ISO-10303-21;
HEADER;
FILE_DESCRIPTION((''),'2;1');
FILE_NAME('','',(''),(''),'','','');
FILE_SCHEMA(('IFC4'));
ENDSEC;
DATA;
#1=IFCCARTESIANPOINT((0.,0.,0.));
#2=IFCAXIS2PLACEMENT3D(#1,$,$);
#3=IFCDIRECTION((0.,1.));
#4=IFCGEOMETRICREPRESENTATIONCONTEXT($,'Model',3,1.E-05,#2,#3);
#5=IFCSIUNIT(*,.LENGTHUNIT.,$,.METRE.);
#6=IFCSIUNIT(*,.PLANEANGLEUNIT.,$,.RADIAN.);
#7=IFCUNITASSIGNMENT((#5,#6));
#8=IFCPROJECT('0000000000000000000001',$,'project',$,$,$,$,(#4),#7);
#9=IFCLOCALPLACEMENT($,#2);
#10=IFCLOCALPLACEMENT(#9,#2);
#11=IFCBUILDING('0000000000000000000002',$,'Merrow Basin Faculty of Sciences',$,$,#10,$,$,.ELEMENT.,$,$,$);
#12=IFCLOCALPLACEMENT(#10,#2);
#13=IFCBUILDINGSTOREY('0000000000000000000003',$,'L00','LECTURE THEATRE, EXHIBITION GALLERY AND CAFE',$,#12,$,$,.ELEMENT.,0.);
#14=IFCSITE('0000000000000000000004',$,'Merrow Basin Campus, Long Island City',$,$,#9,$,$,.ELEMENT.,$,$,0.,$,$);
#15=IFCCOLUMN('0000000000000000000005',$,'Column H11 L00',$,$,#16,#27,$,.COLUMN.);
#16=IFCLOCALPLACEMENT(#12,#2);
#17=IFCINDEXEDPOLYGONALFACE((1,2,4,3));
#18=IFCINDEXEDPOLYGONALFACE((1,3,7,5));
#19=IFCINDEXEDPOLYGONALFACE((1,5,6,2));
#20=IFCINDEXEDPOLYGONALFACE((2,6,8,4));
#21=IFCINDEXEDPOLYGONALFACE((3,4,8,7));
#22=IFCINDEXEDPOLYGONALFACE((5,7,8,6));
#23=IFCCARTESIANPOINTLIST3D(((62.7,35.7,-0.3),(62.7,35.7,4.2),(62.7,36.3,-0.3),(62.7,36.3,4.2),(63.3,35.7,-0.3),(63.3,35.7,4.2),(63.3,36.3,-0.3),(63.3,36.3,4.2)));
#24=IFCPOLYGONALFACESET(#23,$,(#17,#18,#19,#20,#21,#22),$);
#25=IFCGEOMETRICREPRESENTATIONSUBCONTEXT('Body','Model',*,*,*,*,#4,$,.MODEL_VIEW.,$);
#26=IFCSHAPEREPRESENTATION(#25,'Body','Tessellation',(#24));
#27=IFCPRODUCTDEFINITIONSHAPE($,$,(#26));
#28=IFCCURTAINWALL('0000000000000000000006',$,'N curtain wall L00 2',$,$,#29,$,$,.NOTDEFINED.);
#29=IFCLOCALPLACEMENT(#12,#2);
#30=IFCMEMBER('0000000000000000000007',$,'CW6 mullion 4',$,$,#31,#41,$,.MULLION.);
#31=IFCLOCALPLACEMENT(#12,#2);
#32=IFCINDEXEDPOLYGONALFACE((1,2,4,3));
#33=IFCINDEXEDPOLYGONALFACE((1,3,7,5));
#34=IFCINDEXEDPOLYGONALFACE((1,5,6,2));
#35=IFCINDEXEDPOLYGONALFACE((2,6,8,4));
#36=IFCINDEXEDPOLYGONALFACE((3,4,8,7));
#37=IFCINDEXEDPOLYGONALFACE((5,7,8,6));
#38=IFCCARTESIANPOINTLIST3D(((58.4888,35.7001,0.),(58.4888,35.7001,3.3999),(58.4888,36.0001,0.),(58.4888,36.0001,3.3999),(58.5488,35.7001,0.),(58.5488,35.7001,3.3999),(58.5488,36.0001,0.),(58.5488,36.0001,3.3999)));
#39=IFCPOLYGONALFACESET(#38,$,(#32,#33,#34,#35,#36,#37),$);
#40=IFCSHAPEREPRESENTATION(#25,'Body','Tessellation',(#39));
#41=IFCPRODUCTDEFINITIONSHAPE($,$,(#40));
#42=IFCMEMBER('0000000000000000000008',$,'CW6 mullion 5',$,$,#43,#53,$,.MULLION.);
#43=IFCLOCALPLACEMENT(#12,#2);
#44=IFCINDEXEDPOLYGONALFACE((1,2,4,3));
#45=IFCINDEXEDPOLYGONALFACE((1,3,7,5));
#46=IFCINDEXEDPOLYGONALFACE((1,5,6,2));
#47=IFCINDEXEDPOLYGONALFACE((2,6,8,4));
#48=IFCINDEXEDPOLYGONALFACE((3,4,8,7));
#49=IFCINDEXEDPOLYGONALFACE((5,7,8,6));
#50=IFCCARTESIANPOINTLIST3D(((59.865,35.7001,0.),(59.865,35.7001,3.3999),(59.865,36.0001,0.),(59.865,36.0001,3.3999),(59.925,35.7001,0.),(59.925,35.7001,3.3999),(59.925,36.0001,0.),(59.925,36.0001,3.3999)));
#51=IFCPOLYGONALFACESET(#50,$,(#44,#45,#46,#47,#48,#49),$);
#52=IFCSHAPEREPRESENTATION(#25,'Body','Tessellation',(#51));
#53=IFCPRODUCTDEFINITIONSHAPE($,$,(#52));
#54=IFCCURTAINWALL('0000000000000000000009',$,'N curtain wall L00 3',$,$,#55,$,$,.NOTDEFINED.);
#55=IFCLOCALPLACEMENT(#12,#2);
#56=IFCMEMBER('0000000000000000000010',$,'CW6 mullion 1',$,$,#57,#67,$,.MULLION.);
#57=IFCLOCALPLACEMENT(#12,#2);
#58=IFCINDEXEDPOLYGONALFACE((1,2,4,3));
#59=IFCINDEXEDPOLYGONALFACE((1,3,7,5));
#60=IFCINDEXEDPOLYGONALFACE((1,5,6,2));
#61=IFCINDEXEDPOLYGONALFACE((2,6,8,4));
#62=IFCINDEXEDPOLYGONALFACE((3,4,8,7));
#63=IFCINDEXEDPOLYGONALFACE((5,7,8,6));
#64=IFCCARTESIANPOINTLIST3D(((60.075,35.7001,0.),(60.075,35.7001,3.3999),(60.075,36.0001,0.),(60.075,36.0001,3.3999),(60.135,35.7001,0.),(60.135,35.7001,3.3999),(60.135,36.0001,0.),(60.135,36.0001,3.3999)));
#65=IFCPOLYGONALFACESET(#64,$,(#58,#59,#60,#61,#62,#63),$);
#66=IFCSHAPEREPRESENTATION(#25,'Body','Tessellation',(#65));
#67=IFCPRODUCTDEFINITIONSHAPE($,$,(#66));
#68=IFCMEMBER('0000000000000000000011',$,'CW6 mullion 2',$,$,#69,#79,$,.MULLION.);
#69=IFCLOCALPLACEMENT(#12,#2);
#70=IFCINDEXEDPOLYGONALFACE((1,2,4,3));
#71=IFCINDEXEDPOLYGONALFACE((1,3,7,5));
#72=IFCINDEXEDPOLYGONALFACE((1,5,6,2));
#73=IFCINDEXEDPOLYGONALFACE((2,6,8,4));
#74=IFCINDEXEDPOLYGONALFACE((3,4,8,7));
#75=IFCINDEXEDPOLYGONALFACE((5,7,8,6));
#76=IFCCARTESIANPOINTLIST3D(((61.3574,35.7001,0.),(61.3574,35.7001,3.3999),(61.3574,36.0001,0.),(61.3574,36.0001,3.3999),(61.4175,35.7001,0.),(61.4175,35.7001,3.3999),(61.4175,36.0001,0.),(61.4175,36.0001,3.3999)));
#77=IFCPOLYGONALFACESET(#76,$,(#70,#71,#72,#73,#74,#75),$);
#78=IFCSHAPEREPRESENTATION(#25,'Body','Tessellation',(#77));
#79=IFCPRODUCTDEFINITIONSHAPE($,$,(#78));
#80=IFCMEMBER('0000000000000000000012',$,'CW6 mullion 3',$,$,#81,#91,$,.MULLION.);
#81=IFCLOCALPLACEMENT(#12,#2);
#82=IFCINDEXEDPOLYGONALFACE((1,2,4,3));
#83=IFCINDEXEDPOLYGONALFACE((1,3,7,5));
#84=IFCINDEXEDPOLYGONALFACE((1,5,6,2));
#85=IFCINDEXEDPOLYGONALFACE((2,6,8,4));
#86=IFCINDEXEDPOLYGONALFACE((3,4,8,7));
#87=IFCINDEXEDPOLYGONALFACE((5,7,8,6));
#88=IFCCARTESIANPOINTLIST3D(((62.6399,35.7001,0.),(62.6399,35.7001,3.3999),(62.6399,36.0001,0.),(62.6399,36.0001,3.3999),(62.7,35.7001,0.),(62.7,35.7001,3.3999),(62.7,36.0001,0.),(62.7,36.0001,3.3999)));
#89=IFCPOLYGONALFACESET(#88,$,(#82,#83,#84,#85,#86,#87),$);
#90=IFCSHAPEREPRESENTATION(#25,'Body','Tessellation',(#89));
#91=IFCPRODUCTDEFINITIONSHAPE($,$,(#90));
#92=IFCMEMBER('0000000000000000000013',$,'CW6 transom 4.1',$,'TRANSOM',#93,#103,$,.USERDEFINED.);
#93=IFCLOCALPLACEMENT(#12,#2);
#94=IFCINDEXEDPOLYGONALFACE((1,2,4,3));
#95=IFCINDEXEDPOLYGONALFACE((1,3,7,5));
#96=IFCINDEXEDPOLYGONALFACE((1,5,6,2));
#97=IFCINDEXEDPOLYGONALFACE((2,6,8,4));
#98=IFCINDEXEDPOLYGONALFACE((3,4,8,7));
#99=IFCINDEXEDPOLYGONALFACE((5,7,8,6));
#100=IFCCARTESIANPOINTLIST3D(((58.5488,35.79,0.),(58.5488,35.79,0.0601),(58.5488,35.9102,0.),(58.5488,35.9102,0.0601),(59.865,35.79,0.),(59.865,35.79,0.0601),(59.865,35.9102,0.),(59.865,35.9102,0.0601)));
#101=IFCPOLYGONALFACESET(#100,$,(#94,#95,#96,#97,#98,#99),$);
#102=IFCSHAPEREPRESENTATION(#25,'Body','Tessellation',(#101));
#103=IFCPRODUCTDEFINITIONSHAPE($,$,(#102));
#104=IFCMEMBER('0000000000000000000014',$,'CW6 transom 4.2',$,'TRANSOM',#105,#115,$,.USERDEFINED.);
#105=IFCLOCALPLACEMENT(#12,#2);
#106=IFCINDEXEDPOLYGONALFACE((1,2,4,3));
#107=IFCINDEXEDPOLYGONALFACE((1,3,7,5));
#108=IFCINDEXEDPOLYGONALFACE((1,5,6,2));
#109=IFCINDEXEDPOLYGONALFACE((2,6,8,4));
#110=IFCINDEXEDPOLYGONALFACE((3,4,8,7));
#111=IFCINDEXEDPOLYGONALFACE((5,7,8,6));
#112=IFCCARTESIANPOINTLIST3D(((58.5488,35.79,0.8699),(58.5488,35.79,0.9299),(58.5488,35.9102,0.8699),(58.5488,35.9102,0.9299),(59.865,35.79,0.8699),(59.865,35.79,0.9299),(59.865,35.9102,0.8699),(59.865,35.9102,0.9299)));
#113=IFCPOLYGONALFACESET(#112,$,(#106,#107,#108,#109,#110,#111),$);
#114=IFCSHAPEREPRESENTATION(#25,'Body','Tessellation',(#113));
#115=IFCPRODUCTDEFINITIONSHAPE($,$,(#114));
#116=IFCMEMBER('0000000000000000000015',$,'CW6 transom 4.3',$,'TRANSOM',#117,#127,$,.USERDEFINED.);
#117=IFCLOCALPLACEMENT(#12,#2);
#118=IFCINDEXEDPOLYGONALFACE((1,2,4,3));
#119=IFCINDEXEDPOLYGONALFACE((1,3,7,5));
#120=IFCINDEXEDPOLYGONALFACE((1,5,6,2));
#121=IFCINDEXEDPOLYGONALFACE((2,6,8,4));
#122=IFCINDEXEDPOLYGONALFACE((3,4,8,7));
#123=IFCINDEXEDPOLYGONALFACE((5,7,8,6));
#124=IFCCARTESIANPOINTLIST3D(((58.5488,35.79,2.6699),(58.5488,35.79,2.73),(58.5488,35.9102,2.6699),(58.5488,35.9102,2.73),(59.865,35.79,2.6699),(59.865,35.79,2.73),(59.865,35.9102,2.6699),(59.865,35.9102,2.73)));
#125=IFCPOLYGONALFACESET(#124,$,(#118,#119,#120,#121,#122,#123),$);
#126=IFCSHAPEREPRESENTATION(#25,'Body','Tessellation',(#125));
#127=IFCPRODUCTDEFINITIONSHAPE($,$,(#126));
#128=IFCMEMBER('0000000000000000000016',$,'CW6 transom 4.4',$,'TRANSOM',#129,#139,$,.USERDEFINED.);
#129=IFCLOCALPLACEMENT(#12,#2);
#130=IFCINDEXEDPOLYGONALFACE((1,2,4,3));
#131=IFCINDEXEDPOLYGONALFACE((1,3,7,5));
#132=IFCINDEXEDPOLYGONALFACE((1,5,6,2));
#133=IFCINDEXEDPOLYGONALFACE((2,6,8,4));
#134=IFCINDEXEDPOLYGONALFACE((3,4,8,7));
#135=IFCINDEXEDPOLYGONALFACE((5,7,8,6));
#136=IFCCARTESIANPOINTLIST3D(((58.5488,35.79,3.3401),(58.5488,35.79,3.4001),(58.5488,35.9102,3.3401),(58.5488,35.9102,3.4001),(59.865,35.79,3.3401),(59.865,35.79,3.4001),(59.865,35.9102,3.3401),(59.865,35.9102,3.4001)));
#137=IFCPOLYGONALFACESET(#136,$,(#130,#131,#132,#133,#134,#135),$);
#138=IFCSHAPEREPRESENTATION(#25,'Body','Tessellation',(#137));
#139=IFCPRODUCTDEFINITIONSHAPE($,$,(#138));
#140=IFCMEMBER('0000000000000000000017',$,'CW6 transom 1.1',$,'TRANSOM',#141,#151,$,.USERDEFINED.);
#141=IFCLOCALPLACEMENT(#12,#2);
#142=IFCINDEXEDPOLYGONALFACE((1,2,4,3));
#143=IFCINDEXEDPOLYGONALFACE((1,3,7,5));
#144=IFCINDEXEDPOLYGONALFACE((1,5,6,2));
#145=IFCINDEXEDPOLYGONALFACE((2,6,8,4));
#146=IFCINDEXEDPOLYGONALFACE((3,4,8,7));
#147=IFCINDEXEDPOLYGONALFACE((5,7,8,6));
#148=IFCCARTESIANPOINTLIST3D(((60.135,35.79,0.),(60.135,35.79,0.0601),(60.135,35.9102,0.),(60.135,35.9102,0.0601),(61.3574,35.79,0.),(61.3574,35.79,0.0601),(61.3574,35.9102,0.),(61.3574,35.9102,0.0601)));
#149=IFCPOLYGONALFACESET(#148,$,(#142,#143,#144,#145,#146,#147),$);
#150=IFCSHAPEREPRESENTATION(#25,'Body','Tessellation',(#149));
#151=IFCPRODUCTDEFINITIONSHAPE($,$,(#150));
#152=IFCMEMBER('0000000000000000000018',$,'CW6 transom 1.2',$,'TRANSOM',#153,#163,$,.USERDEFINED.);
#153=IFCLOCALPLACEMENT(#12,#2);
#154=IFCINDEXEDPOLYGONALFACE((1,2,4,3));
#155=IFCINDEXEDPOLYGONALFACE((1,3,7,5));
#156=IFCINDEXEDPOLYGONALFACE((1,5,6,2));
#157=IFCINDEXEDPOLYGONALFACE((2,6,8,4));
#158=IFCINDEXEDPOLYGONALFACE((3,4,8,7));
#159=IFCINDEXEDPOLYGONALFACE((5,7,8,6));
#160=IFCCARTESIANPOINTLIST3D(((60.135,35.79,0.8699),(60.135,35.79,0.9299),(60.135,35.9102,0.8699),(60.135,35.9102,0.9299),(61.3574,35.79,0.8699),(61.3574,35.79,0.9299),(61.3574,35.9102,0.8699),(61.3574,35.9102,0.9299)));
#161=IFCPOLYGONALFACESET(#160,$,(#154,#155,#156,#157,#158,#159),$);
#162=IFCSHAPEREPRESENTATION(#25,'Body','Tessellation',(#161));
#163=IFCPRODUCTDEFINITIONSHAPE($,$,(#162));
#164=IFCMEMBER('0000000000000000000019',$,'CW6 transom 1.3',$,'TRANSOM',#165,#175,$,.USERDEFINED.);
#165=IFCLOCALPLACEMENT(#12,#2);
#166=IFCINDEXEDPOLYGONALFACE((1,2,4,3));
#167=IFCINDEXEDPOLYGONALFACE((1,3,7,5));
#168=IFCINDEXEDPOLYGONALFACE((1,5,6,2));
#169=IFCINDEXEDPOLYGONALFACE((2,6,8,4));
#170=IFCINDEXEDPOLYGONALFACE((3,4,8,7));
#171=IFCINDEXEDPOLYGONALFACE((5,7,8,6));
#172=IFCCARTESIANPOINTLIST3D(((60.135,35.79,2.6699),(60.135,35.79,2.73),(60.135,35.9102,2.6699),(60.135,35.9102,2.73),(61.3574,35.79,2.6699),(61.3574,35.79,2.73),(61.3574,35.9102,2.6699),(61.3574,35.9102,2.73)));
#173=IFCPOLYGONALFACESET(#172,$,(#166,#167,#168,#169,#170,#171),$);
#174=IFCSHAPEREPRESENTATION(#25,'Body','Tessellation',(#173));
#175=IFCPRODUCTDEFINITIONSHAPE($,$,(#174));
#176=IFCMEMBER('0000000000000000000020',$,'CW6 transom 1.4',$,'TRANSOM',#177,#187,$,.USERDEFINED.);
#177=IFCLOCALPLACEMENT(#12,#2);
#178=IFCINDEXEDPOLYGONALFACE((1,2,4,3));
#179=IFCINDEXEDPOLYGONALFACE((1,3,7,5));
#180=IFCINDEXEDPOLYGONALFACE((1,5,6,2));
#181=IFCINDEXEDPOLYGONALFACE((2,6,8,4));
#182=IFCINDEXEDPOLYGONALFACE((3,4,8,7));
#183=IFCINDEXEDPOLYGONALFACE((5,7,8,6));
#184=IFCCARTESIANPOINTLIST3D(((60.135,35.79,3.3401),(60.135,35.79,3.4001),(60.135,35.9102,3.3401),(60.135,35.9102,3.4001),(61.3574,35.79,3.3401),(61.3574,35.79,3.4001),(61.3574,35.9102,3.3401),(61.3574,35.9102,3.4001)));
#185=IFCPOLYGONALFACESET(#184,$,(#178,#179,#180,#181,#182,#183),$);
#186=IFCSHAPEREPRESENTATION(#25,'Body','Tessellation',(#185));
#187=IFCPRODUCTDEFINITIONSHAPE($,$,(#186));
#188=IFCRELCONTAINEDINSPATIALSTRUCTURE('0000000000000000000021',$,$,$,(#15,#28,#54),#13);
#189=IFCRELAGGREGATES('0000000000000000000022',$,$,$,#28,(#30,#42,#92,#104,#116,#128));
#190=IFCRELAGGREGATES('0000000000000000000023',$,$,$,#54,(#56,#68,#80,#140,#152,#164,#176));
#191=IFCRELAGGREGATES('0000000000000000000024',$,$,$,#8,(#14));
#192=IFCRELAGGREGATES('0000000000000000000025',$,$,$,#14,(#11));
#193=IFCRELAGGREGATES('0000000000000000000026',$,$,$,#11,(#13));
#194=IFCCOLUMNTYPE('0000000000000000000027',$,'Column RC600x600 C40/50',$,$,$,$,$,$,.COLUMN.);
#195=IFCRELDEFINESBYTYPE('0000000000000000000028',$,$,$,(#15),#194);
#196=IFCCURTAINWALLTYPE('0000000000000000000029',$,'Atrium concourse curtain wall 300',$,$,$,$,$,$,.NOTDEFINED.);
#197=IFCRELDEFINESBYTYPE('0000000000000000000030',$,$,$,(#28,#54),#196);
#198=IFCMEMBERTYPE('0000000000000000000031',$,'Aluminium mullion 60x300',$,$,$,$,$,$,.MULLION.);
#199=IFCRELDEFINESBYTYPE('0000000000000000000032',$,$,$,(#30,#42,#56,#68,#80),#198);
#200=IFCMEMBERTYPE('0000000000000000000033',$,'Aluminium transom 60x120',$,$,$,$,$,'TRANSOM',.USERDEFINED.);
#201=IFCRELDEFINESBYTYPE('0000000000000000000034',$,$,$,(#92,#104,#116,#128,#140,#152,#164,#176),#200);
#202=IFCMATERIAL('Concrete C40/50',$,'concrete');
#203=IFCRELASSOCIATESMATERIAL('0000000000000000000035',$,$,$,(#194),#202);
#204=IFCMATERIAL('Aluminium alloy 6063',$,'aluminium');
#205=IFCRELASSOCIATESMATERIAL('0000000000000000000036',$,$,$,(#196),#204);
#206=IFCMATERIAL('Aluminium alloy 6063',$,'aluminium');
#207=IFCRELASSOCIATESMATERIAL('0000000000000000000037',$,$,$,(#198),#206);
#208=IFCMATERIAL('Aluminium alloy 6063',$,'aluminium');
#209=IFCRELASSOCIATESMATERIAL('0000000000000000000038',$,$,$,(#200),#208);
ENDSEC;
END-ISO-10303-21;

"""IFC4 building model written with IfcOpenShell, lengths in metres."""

from ifc_helpers import new_model, si_unit, direction, frame, origin, origin_2d, place, context, subcontext, project, spatial, rectangle, extrude, material, material_profile, profile_set, type_object, element, aggregate, save


model = new_model("IFC4")

# Units and contexts
model_context = context("Model", 3, precision=1e-05, world=origin(), true_north=direction((0.0, 1.0)))
body_context = subcontext(model_context, "Body", "Model", "MODEL_VIEW")
ifc_project = project(units=[si_unit("LENGTHUNIT", "METRE"), si_unit("PLANEANGLEUNIT", "RADIAN")], contexts=[model_context])

# Site, building, storey
site_placement = place(None, origin())
site = spatial("IfcSite", under=ifc_project, at=site_placement, Name="Merrow Basin Campus, Long Island City", CompositionType="ELEMENT", RefElevation=0.0)
building_placement = place(site_placement, origin())
building = spatial("IfcBuilding", under=site, at=building_placement, Name="Merrow Basin Faculty of Sciences", CompositionType="ELEMENT")
storey_placement = place(building_placement, origin())
storey = spatial("IfcBuildingStorey", under=building, at=storey_placement, Name="L00", Description="LECTURE THEATRE, EXHIBITION GALLERY AND CAFE", CompositionType="ELEMENT", Elevation=0.0)

# Column
ifc_material_1 = material(Name="Concrete C40/50", Category="concrete")
ifc_material_profile_1 = material_profile(ifc_material_1, rectangle(XDim=0.6001, YDim=0.6001, at=origin_2d()))
ifc_profile_set_1 = profile_set([ifc_material_profile_1], Name="Concrete C40/50")
column_type = type_object("IfcColumnType", Name="Column RC600x600 C40/50", PredefinedType="COLUMN", material=ifc_profile_set_1)
column_placement = place(storey_placement, frame((63.0, 36.0, -0.3), z_axis=(0.0, 0.0, 1.0), x_axis=(1.0, 0.0, 0.0)))
element("IfcColumn", 1, at=column_placement, inside=storey, type_object=column_type, Name="Column H11 L00", PredefinedType="COLUMN", context=body_context, shape_type="SweptSolid", body=[
    extrude(rectangle(XDim=0.6001, YDim=0.6001, at=origin_2d()), origin(), (0.0, 0.0, 1.0), 4.5),
])

# Curtain walls, members
ifc_material_2 = material(Name="Aluminium alloy 6063", Category="aluminium")
curtain_wall_type = type_object("IfcCurtainWallType", Name="Atrium concourse curtain wall 300", PredefinedType="NOTDEFINED", material=ifc_material_2)
curtain_wall_1_placement = place(storey_placement, origin())
curtain_wall_1 = element("IfcCurtainWall", 2, at=curtain_wall_1_placement, inside=storey, type_object=curtain_wall_type, Name="N curtain wall L00 2", PredefinedType="NOTDEFINED")
ifc_material_3 = material(Name="Aluminium alloy 6063", Category="aluminium")
ifc_material_profile_2 = material_profile(ifc_material_3, rectangle(XDim=0.3, YDim=0.0601, at=origin_2d()))
ifc_profile_set_2 = profile_set([ifc_material_profile_2], Name="Aluminium alloy 6063")
member_type_1 = type_object("IfcMemberType", Name="Aluminium mullion 60x300", PredefinedType="MULLION", material=ifc_profile_set_2)
member_1_placement = place(storey_placement, frame((58.5188, 35.8501, 0.0), z_axis=(0.0, 0.0, 1.0), x_axis=(0.0, 1.0, 0.0)))
member_1 = element("IfcMember", 3, at=member_1_placement, type_object=member_type_1, Name="CW6 mullion 4", PredefinedType="MULLION", context=body_context, shape_type="SweptSolid", body=[
    extrude(rectangle(XDim=0.3, YDim=0.0601, at=origin_2d()), origin(), (0.0, 0.0, 1.0), 3.3999),
])
member_2_placement = place(storey_placement, frame((59.895, 35.8501, 0.0), z_axis=(0.0, 0.0, 1.0), x_axis=(0.0, 1.0, 0.0)))
member_2 = element("IfcMember", 4, at=member_2_placement, type_object=member_type_1, Name="CW6 mullion 5", PredefinedType="MULLION", context=body_context, shape_type="SweptSolid", body=[
    extrude(rectangle(XDim=0.3, YDim=0.0601, at=origin_2d()), origin(), (0.0, 0.0, 1.0), 3.3999),
])
curtain_wall_2_placement = place(storey_placement, origin())
curtain_wall_2 = element("IfcCurtainWall", 5, at=curtain_wall_2_placement, inside=storey, type_object=curtain_wall_type, Name="N curtain wall L00 3", PredefinedType="NOTDEFINED")
member_3_placement = place(storey_placement, frame((60.105, 35.8501, 0.0), z_axis=(0.0, 0.0, 1.0), x_axis=(0.0, 1.0, 0.0)))
member_3 = element("IfcMember", 6, at=member_3_placement, type_object=member_type_1, Name="CW6 mullion 1", PredefinedType="MULLION", context=body_context, shape_type="SweptSolid", body=[
    extrude(rectangle(XDim=0.3, YDim=0.0601, at=origin_2d()), origin(), (0.0, 0.0, 1.0), 3.3999),
])
member_4_placement = place(storey_placement, frame((61.3875, 35.8501, 0.0), z_axis=(0.0, 0.0, 1.0), x_axis=(0.0, 1.0, 0.0)))
member_4 = element("IfcMember", 7, at=member_4_placement, type_object=member_type_1, Name="CW6 mullion 2", PredefinedType="MULLION", context=body_context, shape_type="SweptSolid", body=[
    extrude(rectangle(XDim=0.3, YDim=0.0601, at=origin_2d()), origin(), (0.0, 0.0, 1.0), 3.3999),
])
member_5_placement = place(storey_placement, frame((62.6699, 35.8501, 0.0), z_axis=(0.0, 0.0, 1.0), x_axis=(0.0, 1.0, 0.0)))
member_5 = element("IfcMember", 8, at=member_5_placement, type_object=member_type_1, Name="CW6 mullion 3", PredefinedType="MULLION", context=body_context, shape_type="SweptSolid", body=[
    extrude(rectangle(XDim=0.3, YDim=0.0601, at=origin_2d()), origin(), (0.0, 0.0, 1.0), 3.3999),
])

# Members
ifc_material_4 = material(Name="Aluminium alloy 6063", Category="aluminium")
ifc_material_profile_3 = material_profile(ifc_material_4, rectangle(XDim=0.1201, YDim=0.0601, at=origin_2d()))
ifc_profile_set_3 = profile_set([ifc_material_profile_3], Name="Aluminium alloy 6063")
member_type_2 = type_object("IfcMemberType", Name="Aluminium transom 60x120", ElementType="TRANSOM", PredefinedType="USERDEFINED", material=ifc_profile_set_3)
member_6_placement = place(storey_placement, frame((58.5488, 35.8501, 0.03), z_axis=(1.0, 0.0, 0.0), x_axis=(0.0, 1.0, 0.0)))
member_6 = element("IfcMember", 9, at=member_6_placement, type_object=member_type_2, Name="CW6 transom 4.1", ObjectType="TRANSOM", PredefinedType="USERDEFINED", context=body_context, shape_type="SweptSolid", body=[
    extrude(rectangle(XDim=0.1201, YDim=0.0601, at=origin_2d()), origin(), (0.0, 0.0, 1.0), 1.3162),
])
member_7_placement = place(storey_placement, frame((58.5488, 35.8501, 0.8999), z_axis=(1.0, 0.0, 0.0), x_axis=(0.0, 1.0, 0.0)))
member_7 = element("IfcMember", 10, at=member_7_placement, type_object=member_type_2, Name="CW6 transom 4.2", ObjectType="TRANSOM", PredefinedType="USERDEFINED", context=body_context, shape_type="SweptSolid", body=[
    extrude(rectangle(XDim=0.1201, YDim=0.0601, at=origin_2d()), origin(), (0.0, 0.0, 1.0), 1.3162),
])
member_8_placement = place(storey_placement, frame((58.5488, 35.8501, 2.7), z_axis=(1.0, 0.0, 0.0), x_axis=(0.0, 1.0, 0.0)))
member_8 = element("IfcMember", 11, at=member_8_placement, type_object=member_type_2, Name="CW6 transom 4.3", ObjectType="TRANSOM", PredefinedType="USERDEFINED", context=body_context, shape_type="SweptSolid", body=[
    extrude(rectangle(XDim=0.1201, YDim=0.0601, at=origin_2d()), origin(), (0.0, 0.0, 1.0), 1.3162),
])
member_9_placement = place(storey_placement, frame((58.5488, 35.8501, 3.3701), z_axis=(1.0, 0.0, 0.0), x_axis=(0.0, 1.0, 0.0)))
member_9 = element("IfcMember", 12, at=member_9_placement, type_object=member_type_2, Name="CW6 transom 4.4", ObjectType="TRANSOM", PredefinedType="USERDEFINED", context=body_context, shape_type="SweptSolid", body=[
    extrude(rectangle(XDim=0.1201, YDim=0.0601, at=origin_2d()), origin(), (0.0, 0.0, 1.0), 1.3162),
])
member_10_placement = place(storey_placement, frame((60.135, 35.8501, 0.03), z_axis=(1.0, 0.0, 0.0), x_axis=(0.0, 1.0, 0.0)))
member_10 = element("IfcMember", 13, at=member_10_placement, type_object=member_type_2, Name="CW6 transom 1.1", ObjectType="TRANSOM", PredefinedType="USERDEFINED", context=body_context, shape_type="SweptSolid", body=[
    extrude(rectangle(XDim=0.1201, YDim=0.0601, at=origin_2d()), origin(), (0.0, 0.0, 1.0), 1.2224),
])
member_11_placement = place(storey_placement, frame((60.135, 35.8501, 0.8999), z_axis=(1.0, 0.0, 0.0), x_axis=(0.0, 1.0, 0.0)))
member_11 = element("IfcMember", 14, at=member_11_placement, type_object=member_type_2, Name="CW6 transom 1.2", ObjectType="TRANSOM", PredefinedType="USERDEFINED", context=body_context, shape_type="SweptSolid", body=[
    extrude(rectangle(XDim=0.1201, YDim=0.0601, at=origin_2d()), origin(), (0.0, 0.0, 1.0), 1.2224),
])
member_12_placement = place(storey_placement, frame((60.135, 35.8501, 2.7), z_axis=(1.0, 0.0, 0.0), x_axis=(0.0, 1.0, 0.0)))
member_12 = element("IfcMember", 15, at=member_12_placement, type_object=member_type_2, Name="CW6 transom 1.3", ObjectType="TRANSOM", PredefinedType="USERDEFINED", context=body_context, shape_type="SweptSolid", body=[
    extrude(rectangle(XDim=0.1201, YDim=0.0601, at=origin_2d()), origin(), (0.0, 0.0, 1.0), 1.2224),
])
member_13_placement = place(storey_placement, frame((60.135, 35.8501, 3.3701), z_axis=(1.0, 0.0, 0.0), x_axis=(0.0, 1.0, 0.0)))
member_13 = element("IfcMember", 16, at=member_13_placement, type_object=member_type_2, Name="CW6 transom 1.4", ObjectType="TRANSOM", PredefinedType="USERDEFINED", context=body_context, shape_type="SweptSolid", body=[
    extrude(rectangle(XDim=0.1201, YDim=0.0601, at=origin_2d()), origin(), (0.0, 0.0, 1.0), 1.2224),
])

aggregate(curtain_wall_1, [member_1, member_2, member_6, member_7, member_8, member_9])
aggregate(curtain_wall_2, [member_3, member_4, member_5, member_10, member_11, member_12, member_13])

save(model, "model.ifc")
